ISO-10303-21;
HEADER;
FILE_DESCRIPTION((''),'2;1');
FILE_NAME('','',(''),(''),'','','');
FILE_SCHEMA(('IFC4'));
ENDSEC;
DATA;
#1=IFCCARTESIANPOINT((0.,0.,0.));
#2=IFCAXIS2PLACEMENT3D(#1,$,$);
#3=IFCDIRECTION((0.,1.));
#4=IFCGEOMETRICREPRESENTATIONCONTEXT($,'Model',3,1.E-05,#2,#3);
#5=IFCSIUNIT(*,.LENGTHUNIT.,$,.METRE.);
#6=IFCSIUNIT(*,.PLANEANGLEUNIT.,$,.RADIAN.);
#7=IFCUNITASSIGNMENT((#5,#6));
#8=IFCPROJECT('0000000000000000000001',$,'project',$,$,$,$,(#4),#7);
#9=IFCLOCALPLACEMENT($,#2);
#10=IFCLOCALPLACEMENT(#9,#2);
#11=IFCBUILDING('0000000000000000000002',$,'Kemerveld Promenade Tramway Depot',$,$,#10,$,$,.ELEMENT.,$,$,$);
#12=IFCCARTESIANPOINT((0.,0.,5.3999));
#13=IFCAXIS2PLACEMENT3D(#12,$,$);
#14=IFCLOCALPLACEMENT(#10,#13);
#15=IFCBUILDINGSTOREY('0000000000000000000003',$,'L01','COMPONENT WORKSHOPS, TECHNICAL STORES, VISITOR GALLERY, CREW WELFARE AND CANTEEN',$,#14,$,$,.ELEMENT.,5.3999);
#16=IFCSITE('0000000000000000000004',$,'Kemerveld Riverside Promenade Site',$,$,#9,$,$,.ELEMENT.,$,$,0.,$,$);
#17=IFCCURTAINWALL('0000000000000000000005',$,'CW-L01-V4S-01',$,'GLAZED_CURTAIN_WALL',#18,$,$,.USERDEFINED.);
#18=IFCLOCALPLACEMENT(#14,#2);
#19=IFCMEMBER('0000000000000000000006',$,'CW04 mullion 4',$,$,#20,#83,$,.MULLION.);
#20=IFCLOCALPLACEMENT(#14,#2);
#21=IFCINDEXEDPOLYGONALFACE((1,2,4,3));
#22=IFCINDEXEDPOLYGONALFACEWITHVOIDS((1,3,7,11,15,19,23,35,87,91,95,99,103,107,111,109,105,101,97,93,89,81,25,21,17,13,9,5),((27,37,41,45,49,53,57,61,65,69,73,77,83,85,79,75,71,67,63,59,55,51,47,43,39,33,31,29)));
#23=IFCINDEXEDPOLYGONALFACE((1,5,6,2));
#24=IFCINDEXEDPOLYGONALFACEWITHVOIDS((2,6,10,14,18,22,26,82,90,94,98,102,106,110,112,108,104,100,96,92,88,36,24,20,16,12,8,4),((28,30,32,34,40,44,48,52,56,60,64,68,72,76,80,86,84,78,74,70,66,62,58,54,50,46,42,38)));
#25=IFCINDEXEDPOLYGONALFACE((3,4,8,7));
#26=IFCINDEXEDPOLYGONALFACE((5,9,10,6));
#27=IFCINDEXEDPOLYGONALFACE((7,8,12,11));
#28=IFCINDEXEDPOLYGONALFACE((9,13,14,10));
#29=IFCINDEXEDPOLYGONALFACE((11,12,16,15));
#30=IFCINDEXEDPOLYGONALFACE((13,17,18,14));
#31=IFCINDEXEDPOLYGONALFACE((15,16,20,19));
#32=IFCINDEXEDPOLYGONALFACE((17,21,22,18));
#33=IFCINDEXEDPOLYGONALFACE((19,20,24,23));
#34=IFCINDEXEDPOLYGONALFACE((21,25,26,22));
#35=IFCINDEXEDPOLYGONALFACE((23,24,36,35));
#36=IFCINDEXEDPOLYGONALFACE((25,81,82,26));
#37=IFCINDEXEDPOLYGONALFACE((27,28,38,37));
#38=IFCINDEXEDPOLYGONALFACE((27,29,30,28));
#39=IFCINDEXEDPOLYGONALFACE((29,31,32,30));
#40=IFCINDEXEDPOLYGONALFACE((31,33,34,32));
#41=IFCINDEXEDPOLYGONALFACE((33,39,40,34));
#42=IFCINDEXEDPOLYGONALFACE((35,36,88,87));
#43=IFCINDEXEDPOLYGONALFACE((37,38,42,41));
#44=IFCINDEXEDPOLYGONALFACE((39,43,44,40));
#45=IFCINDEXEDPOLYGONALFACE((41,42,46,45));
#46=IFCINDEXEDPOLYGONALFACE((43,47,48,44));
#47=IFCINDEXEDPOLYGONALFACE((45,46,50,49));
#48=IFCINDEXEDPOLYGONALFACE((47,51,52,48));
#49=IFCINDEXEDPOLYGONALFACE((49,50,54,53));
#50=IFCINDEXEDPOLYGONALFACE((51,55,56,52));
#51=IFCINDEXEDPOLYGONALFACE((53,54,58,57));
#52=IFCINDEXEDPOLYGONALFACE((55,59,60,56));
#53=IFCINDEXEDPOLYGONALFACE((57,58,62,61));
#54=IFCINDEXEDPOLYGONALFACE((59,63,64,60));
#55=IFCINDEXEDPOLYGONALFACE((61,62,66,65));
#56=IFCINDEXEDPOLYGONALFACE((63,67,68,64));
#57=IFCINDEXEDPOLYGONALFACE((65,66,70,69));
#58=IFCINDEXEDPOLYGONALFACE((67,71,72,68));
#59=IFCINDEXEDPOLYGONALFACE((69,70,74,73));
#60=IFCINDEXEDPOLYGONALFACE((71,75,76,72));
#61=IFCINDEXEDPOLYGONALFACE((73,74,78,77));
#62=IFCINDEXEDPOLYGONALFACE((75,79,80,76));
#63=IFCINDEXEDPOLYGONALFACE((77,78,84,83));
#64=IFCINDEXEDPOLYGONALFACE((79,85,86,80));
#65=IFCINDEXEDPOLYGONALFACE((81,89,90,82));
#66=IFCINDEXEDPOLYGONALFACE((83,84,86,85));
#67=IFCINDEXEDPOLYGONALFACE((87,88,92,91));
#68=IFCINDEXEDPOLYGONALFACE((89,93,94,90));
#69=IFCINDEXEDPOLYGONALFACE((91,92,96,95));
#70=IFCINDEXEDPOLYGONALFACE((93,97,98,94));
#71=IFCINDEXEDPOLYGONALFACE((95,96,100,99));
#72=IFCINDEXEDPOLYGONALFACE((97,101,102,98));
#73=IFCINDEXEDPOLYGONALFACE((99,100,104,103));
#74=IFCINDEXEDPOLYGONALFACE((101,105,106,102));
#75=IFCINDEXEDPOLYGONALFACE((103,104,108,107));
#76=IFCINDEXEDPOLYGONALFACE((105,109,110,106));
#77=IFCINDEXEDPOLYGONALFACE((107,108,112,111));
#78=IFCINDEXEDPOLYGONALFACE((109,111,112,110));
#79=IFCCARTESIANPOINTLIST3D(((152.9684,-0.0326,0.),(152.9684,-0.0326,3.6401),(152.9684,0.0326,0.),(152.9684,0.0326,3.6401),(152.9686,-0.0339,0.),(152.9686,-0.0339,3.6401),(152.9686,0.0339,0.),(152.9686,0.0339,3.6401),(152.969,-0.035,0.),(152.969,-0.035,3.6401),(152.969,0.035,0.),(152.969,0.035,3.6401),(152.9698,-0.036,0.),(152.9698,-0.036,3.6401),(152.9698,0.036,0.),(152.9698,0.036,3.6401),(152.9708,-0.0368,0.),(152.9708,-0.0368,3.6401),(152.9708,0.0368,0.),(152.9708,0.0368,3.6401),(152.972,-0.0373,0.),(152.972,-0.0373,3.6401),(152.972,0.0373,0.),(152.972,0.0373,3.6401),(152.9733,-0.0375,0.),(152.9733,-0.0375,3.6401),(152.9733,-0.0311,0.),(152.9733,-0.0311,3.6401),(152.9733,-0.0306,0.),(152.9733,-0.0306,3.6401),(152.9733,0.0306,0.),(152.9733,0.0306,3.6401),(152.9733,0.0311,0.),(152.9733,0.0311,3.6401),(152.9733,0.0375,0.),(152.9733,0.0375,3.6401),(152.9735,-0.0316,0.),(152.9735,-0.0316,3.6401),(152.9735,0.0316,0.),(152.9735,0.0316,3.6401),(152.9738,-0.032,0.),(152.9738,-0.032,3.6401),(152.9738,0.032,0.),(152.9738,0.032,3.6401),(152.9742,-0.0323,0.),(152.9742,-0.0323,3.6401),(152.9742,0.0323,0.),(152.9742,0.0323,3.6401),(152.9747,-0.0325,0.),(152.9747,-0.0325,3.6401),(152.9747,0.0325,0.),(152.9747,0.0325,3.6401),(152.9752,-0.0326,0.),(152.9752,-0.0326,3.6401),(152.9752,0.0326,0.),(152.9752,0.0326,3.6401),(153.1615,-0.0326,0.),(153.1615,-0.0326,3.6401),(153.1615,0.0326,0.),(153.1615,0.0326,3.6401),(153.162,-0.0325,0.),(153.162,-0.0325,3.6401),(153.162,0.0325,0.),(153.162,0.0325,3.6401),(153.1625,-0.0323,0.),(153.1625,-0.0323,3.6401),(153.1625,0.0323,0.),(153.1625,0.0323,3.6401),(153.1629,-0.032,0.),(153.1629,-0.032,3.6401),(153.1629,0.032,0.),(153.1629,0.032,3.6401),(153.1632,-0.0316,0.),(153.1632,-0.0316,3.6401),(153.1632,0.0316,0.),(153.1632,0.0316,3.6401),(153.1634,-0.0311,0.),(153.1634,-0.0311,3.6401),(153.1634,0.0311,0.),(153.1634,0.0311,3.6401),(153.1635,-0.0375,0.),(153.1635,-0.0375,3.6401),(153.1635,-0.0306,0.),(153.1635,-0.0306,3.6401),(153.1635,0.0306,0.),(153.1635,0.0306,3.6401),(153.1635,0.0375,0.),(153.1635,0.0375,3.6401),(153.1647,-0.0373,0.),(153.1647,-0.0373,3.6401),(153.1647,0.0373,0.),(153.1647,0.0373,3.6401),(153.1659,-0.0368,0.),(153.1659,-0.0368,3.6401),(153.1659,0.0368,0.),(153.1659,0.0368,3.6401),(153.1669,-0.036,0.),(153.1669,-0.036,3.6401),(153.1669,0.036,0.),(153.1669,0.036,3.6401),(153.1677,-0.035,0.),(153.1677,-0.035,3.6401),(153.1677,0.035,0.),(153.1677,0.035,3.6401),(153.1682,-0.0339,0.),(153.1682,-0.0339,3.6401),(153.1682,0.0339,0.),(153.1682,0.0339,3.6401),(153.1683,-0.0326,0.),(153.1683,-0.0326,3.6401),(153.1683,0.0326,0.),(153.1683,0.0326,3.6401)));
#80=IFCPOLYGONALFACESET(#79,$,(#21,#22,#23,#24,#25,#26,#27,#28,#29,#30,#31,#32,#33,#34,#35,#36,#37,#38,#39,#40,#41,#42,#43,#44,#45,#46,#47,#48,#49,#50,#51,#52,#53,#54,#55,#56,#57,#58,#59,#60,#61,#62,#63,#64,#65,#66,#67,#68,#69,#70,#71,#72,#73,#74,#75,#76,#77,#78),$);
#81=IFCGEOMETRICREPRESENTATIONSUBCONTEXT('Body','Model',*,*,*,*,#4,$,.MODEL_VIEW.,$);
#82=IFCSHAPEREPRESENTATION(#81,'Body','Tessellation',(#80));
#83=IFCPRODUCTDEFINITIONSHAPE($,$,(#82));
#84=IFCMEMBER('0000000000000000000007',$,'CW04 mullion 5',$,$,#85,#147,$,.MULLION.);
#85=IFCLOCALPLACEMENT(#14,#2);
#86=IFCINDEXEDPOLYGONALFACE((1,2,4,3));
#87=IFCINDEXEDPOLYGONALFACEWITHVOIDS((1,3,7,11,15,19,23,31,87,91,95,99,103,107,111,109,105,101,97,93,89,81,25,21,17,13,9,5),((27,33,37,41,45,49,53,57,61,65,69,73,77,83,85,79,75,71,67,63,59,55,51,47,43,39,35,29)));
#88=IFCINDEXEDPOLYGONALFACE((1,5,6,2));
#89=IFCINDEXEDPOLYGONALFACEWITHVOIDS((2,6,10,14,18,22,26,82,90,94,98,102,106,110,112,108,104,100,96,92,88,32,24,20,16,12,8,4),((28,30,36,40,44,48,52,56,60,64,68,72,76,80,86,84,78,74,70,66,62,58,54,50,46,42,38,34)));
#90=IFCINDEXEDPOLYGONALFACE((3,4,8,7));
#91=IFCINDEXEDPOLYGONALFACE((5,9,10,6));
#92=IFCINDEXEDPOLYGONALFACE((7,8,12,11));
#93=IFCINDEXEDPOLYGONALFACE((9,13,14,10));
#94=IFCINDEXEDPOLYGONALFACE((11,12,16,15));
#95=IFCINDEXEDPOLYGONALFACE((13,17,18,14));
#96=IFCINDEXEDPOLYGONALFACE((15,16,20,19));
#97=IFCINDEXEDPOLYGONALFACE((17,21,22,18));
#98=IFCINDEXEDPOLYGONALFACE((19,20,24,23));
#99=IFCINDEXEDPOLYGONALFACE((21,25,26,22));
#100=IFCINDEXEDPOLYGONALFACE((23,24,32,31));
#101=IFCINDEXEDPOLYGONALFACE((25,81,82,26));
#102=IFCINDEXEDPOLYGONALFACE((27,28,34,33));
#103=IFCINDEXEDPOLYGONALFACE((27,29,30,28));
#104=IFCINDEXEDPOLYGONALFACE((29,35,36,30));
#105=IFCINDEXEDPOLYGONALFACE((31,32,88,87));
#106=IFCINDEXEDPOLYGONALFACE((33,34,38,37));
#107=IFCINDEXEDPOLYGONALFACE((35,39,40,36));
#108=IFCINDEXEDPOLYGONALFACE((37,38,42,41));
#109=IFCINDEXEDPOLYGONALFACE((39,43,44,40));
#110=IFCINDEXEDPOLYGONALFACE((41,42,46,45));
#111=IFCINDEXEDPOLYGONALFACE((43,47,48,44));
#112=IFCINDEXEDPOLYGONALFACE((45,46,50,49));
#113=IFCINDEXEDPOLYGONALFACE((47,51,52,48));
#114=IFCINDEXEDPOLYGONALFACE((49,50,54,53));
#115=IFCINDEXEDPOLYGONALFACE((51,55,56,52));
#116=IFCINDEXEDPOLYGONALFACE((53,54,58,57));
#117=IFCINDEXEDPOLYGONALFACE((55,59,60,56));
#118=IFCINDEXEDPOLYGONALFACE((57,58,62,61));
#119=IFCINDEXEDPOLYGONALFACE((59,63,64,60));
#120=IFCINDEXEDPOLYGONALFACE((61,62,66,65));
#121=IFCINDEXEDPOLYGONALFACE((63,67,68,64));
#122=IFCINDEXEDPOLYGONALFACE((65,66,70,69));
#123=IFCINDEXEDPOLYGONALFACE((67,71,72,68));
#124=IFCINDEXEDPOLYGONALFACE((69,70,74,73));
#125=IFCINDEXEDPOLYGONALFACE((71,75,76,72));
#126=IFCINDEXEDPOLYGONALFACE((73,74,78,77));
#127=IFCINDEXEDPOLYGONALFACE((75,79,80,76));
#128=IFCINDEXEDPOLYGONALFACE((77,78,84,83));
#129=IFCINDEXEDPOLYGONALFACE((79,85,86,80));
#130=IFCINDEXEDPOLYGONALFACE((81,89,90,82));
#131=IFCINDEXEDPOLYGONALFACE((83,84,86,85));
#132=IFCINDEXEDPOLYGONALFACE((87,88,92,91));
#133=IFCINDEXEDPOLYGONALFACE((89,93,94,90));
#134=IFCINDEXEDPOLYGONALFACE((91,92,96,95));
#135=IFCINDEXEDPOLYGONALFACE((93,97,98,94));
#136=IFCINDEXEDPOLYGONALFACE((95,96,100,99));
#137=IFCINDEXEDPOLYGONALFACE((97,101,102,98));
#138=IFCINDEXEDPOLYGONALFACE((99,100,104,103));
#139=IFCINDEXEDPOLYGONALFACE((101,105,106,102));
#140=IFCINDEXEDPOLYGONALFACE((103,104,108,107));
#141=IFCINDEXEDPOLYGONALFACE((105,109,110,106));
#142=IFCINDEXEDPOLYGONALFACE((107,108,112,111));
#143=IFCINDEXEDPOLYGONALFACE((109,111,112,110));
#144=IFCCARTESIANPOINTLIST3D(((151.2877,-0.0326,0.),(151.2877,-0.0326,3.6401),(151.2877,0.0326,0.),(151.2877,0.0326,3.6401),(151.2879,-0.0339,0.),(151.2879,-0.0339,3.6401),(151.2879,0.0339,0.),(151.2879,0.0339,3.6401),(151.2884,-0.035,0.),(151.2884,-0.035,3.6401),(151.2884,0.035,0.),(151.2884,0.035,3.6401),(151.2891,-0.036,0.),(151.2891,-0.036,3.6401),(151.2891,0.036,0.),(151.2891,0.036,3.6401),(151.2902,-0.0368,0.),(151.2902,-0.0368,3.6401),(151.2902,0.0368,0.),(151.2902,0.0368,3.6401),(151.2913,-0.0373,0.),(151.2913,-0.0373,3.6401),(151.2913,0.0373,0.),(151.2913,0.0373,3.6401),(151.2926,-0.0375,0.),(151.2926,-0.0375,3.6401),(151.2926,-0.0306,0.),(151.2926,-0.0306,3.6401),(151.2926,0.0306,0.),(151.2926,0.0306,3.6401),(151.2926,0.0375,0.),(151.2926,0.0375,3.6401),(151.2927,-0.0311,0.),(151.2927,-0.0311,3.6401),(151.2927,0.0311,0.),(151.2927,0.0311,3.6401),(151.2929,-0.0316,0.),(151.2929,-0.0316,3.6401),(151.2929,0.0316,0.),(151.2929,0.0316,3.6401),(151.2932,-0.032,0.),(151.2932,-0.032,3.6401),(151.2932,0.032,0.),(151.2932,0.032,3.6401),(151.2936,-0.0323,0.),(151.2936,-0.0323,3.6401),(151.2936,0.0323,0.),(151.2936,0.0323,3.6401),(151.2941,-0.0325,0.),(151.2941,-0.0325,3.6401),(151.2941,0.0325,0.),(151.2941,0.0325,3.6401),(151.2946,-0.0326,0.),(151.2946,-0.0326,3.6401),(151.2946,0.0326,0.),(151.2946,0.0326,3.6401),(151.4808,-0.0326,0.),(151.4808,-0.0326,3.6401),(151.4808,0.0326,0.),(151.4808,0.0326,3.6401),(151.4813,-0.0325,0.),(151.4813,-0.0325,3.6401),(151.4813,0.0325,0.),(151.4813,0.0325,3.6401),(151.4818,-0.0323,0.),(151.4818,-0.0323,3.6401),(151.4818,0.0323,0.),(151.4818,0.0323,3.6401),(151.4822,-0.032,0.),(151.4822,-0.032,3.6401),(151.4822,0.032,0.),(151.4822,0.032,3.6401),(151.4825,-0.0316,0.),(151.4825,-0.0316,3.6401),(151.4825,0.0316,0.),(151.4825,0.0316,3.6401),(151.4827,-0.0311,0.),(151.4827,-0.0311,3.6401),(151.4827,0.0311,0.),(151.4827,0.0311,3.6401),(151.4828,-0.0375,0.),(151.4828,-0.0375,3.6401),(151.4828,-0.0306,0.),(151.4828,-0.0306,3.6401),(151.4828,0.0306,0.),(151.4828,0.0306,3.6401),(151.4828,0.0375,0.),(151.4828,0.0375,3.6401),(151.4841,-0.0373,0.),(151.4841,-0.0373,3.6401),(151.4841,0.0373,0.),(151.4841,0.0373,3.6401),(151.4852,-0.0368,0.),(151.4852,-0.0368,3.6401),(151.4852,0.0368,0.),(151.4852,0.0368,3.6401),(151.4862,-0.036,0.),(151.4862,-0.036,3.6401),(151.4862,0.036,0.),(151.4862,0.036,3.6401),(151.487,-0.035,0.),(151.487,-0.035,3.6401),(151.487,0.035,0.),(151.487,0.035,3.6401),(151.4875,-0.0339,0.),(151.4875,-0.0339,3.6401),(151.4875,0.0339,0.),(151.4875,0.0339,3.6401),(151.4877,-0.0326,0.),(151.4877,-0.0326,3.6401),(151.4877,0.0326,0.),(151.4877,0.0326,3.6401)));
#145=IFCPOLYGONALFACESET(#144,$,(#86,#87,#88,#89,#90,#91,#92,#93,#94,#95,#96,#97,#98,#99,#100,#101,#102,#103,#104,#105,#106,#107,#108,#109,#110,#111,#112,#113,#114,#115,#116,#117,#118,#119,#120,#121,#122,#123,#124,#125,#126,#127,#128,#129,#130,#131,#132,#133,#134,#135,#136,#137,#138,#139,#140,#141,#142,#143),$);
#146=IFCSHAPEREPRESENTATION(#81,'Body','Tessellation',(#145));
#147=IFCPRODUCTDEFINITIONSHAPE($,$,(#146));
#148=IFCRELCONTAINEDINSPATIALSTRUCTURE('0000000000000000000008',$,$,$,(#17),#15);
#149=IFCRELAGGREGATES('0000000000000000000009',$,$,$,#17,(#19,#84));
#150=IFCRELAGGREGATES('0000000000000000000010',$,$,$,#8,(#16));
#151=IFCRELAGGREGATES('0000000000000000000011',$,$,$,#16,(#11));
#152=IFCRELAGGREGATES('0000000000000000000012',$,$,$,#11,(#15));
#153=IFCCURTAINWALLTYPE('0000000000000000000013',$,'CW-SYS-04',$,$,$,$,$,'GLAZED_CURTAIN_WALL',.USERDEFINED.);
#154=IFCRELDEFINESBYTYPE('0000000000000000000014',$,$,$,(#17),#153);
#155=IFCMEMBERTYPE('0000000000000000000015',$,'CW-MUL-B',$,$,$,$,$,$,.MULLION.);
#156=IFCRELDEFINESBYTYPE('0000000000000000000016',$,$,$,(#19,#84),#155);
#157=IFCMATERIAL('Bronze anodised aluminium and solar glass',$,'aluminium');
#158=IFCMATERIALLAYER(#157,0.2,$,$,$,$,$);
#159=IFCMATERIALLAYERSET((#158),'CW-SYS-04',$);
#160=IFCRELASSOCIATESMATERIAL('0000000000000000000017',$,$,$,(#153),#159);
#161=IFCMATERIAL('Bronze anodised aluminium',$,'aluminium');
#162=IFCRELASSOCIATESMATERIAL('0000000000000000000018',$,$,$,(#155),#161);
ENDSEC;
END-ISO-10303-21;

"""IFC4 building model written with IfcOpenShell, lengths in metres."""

from ifc_helpers import new_model, si_unit, direction, frame, origin, origin_2d, place, context, subcontext, project, spatial, hollow_rectangle, extrude, material, layer, layer_set, material_profile, profile_set, type_object, element, aggregate, save


model = new_model("IFC4")

# Units and contexts
model_context = context("Model", 3, precision=1e-05, world=origin(), true_north=direction((0.0, 1.0)))
body_context = subcontext(model_context, "Body", "Model", "MODEL_VIEW")
ifc_project = project(units=[si_unit("LENGTHUNIT", "METRE"), si_unit("PLANEANGLEUNIT", "RADIAN")], contexts=[model_context])

# Site, building, storey
site_placement = place(None, origin())
site = spatial("IfcSite", under=ifc_project, at=site_placement, Name="Kemerveld Riverside Promenade Site", CompositionType="ELEMENT", RefElevation=0.0)
building_placement = place(site_placement, origin())
building = spatial("IfcBuilding", under=site, at=building_placement, Name="Kemerveld Promenade Tramway Depot", CompositionType="ELEMENT")
storey_placement = place(building_placement, frame((0.0, 0.0, 5.3999)))
storey = spatial("IfcBuildingStorey", under=building, at=storey_placement, Name="L01", Description="COMPONENT WORKSHOPS, TECHNICAL STORES, VISITOR GALLERY, CREW WELFARE AND CANTEEN", CompositionType="ELEMENT", Elevation=5.3999)

# Curtain wall, members
ifc_material_1 = material(Name="Bronze anodised aluminium and solar glass", Category="aluminium")
ifc_layer_1 = layer(ifc_material_1, 0.2)
ifc_layer_set_1 = layer_set([ifc_layer_1], Name="CW-SYS-04")
curtain_wall_type_1 = type_object("IfcCurtainWallType", Name="CW-SYS-04", ElementType="GLAZED_CURTAIN_WALL", PredefinedType="USERDEFINED", material=ifc_layer_set_1)
curtain_wall_1_placement = place(storey_placement, origin())
curtain_wall_1 = element("IfcCurtainWall", 1, at=curtain_wall_1_placement, inside=storey, type_object=curtain_wall_type_1, Name="CW-L01-V4S-01", ObjectType="GLAZED_CURTAIN_WALL", PredefinedType="USERDEFINED")
ifc_material_2 = material(Name="Bronze anodised aluminium", Category="aluminium")
ifc_material_profile_1 = material_profile(ifc_material_2, hollow_rectangle(XDim=0.075, YDim=0.2, WallThickness=0.0049, InnerFilletRadius=0.002, OuterFilletRadius=0.0049, at=origin_2d()), Name="CW-MUL-200x75")
ifc_profile_set_1 = profile_set([ifc_material_profile_1], Name="Bronze anodised aluminium")
member_type_1 = type_object("IfcMemberType", Name="CW-MUL-B", PredefinedType="MULLION", material=ifc_profile_set_1)
member_1_placement = place(storey_placement, frame((153.0684, 0.0, 0.0), z_axis=(0.0, 0.0, 1.0), x_axis=(0.0, -1.0, 0.0)))
member_1 = element("IfcMember", 2, at=member_1_placement, type_object=member_type_1, Name="CW04 mullion 4", PredefinedType="MULLION", context=body_context, shape_type="SweptSolid", body=[
    extrude(hollow_rectangle(XDim=0.075, YDim=0.2, WallThickness=0.0049, InnerFilletRadius=0.002, OuterFilletRadius=0.0049, at=origin_2d()), origin(), (0.0, 0.0, 1.0), 3.6401),
])
member_2_placement = place(storey_placement, frame((151.3877, 0.0, 0.0), z_axis=(0.0, 0.0, 1.0), x_axis=(0.0, -1.0, 0.0)))
member_2 = element("IfcMember", 3, at=member_2_placement, type_object=member_type_1, Name="CW04 mullion 5", PredefinedType="MULLION", context=body_context, shape_type="SweptSolid", body=[
    extrude(hollow_rectangle(XDim=0.075, YDim=0.2, WallThickness=0.0049, InnerFilletRadius=0.002, OuterFilletRadius=0.0049, at=origin_2d()), origin(), (0.0, 0.0, 1.0), 3.6401),
])

aggregate(curtain_wall_1, [member_1, member_2])

save(model, "model.ifc")
